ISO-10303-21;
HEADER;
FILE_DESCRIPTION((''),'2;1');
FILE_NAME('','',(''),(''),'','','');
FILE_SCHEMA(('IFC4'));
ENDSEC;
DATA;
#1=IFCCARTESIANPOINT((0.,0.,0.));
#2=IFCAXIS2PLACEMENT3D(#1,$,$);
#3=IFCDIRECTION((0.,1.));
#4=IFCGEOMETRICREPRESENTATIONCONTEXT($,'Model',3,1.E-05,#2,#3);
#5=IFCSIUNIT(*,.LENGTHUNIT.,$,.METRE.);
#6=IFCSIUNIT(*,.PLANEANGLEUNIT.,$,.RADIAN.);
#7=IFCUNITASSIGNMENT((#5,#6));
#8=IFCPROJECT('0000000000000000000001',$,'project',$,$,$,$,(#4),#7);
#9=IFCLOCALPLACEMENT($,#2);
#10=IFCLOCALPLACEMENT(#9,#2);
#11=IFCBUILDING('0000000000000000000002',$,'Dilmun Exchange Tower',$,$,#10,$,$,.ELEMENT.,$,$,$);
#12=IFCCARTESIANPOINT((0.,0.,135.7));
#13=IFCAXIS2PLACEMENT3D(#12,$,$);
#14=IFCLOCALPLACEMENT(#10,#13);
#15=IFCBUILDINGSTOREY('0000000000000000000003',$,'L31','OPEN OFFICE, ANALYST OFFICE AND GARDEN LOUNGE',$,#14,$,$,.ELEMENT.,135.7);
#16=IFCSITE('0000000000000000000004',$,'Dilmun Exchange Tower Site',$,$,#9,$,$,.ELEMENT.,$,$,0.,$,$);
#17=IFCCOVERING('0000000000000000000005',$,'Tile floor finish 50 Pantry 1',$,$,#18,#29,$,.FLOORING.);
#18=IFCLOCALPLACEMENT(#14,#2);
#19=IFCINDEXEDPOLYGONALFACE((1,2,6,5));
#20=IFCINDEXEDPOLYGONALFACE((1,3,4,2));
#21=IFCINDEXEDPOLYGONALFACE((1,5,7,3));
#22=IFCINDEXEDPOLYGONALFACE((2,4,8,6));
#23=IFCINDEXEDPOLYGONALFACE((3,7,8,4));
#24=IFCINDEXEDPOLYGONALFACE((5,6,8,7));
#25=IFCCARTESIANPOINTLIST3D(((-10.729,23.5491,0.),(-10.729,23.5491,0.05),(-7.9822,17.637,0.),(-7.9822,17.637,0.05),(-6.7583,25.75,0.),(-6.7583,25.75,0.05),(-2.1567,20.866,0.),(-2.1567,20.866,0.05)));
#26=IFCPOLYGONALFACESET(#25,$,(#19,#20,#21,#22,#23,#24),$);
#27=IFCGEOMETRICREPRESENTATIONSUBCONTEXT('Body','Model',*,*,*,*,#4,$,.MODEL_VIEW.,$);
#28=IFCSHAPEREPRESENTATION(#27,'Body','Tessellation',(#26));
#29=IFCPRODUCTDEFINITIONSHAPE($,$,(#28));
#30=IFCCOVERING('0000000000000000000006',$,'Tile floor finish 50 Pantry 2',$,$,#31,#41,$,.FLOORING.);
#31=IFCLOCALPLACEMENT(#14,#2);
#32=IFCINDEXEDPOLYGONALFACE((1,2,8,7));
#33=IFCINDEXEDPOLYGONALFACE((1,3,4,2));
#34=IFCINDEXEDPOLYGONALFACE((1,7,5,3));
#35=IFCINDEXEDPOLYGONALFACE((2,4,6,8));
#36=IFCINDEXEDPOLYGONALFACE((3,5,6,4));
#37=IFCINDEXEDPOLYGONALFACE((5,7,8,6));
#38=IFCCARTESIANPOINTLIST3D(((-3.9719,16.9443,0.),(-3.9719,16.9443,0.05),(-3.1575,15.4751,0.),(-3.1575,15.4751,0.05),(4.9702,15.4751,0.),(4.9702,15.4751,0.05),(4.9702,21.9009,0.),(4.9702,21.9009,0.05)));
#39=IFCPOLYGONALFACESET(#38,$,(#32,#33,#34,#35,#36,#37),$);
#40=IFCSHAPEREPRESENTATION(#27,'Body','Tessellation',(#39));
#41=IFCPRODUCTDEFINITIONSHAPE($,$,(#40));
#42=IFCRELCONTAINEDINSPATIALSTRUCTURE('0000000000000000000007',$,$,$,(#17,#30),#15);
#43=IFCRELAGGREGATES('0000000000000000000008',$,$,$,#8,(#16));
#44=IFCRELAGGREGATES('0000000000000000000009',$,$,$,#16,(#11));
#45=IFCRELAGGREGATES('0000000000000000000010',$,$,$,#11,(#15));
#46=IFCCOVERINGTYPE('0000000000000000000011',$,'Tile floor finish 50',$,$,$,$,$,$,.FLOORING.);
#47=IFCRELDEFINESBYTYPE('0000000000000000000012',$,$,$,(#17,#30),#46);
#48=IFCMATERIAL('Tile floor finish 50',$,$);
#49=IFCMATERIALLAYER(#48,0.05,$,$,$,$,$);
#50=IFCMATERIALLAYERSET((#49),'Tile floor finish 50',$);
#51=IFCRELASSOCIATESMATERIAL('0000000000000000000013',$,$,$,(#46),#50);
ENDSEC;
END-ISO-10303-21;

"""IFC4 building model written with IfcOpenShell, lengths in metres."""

from ifc_helpers import new_model, si_unit, direction, frame, origin, place, context, subcontext, project, spatial, polyline, outline, extrude, material, layer, layer_set, type_object, element, save


model = new_model("IFC4")

# Units and contexts
model_context = context("Model", 3, precision=1e-05, world=origin(), true_north=direction((0.0, 1.0)))
body_context = subcontext(model_context, "Body", "Model", "MODEL_VIEW")
ifc_project = project(units=[si_unit("LENGTHUNIT", "METRE"), si_unit("PLANEANGLEUNIT", "RADIAN")], contexts=[model_context])

# Site, building, storey
site_placement = place(None, origin())
site = spatial("IfcSite", under=ifc_project, at=site_placement, Name="Dilmun Exchange Tower Site", CompositionType="ELEMENT", RefElevation=0.0)
building_placement = place(site_placement, origin())
building = spatial("IfcBuilding", under=site, at=building_placement, Name="Dilmun Exchange Tower", CompositionType="ELEMENT")
storey_placement = place(building_placement, frame((0.0, 0.0, 135.7)))
storey = spatial("IfcBuildingStorey", under=building, at=storey_placement, Name="L31", Description="OPEN OFFICE, ANALYST OFFICE AND GARDEN LOUNGE", CompositionType="ELEMENT", Elevation=135.7)

# Coverings
ifc_material_1 = material(Name="Tile floor finish 50")
ifc_layer_1 = layer(ifc_material_1, 0.05)
ifc_layer_set_1 = layer_set([ifc_layer_1], Name="Tile floor finish 50")
covering_type_1 = type_object("IfcCoveringType", Name="Tile floor finish 50", PredefinedType="FLOORING", material=ifc_layer_set_1)
covering_1_placement = place(storey_placement, origin())
element("IfcCovering", 1, at=covering_1_placement, inside=storey, type_object=covering_type_1, Name="Tile floor finish 50 Pantry 1", PredefinedType="FLOORING", context=body_context, shape_type="SweptSolid", body=[
    extrude(outline(polyline([(-10.729, 23.5491), (-6.7583, 25.75), (-2.1567, 20.866), (-7.9822, 17.637), (-10.729, 23.5491)])), origin(), (0.0, 0.0, 1.0), 0.05),
])
covering_2_placement = place(storey_placement, origin())
element("IfcCovering", 2, at=covering_2_placement, inside=storey, type_object=covering_type_1, Name="Tile floor finish 50 Pantry 2", PredefinedType="FLOORING", context=body_context, shape_type="SweptSolid", body=[
    extrude(outline(polyline([(4.9702, 15.4751), (-3.1575, 15.4751), (-3.9719, 16.9443), (4.9702, 21.9009), (4.9702, 15.4751)])), origin(), (0.0, 0.0, 1.0), 0.05),
])

save(model, "model.ifc")
